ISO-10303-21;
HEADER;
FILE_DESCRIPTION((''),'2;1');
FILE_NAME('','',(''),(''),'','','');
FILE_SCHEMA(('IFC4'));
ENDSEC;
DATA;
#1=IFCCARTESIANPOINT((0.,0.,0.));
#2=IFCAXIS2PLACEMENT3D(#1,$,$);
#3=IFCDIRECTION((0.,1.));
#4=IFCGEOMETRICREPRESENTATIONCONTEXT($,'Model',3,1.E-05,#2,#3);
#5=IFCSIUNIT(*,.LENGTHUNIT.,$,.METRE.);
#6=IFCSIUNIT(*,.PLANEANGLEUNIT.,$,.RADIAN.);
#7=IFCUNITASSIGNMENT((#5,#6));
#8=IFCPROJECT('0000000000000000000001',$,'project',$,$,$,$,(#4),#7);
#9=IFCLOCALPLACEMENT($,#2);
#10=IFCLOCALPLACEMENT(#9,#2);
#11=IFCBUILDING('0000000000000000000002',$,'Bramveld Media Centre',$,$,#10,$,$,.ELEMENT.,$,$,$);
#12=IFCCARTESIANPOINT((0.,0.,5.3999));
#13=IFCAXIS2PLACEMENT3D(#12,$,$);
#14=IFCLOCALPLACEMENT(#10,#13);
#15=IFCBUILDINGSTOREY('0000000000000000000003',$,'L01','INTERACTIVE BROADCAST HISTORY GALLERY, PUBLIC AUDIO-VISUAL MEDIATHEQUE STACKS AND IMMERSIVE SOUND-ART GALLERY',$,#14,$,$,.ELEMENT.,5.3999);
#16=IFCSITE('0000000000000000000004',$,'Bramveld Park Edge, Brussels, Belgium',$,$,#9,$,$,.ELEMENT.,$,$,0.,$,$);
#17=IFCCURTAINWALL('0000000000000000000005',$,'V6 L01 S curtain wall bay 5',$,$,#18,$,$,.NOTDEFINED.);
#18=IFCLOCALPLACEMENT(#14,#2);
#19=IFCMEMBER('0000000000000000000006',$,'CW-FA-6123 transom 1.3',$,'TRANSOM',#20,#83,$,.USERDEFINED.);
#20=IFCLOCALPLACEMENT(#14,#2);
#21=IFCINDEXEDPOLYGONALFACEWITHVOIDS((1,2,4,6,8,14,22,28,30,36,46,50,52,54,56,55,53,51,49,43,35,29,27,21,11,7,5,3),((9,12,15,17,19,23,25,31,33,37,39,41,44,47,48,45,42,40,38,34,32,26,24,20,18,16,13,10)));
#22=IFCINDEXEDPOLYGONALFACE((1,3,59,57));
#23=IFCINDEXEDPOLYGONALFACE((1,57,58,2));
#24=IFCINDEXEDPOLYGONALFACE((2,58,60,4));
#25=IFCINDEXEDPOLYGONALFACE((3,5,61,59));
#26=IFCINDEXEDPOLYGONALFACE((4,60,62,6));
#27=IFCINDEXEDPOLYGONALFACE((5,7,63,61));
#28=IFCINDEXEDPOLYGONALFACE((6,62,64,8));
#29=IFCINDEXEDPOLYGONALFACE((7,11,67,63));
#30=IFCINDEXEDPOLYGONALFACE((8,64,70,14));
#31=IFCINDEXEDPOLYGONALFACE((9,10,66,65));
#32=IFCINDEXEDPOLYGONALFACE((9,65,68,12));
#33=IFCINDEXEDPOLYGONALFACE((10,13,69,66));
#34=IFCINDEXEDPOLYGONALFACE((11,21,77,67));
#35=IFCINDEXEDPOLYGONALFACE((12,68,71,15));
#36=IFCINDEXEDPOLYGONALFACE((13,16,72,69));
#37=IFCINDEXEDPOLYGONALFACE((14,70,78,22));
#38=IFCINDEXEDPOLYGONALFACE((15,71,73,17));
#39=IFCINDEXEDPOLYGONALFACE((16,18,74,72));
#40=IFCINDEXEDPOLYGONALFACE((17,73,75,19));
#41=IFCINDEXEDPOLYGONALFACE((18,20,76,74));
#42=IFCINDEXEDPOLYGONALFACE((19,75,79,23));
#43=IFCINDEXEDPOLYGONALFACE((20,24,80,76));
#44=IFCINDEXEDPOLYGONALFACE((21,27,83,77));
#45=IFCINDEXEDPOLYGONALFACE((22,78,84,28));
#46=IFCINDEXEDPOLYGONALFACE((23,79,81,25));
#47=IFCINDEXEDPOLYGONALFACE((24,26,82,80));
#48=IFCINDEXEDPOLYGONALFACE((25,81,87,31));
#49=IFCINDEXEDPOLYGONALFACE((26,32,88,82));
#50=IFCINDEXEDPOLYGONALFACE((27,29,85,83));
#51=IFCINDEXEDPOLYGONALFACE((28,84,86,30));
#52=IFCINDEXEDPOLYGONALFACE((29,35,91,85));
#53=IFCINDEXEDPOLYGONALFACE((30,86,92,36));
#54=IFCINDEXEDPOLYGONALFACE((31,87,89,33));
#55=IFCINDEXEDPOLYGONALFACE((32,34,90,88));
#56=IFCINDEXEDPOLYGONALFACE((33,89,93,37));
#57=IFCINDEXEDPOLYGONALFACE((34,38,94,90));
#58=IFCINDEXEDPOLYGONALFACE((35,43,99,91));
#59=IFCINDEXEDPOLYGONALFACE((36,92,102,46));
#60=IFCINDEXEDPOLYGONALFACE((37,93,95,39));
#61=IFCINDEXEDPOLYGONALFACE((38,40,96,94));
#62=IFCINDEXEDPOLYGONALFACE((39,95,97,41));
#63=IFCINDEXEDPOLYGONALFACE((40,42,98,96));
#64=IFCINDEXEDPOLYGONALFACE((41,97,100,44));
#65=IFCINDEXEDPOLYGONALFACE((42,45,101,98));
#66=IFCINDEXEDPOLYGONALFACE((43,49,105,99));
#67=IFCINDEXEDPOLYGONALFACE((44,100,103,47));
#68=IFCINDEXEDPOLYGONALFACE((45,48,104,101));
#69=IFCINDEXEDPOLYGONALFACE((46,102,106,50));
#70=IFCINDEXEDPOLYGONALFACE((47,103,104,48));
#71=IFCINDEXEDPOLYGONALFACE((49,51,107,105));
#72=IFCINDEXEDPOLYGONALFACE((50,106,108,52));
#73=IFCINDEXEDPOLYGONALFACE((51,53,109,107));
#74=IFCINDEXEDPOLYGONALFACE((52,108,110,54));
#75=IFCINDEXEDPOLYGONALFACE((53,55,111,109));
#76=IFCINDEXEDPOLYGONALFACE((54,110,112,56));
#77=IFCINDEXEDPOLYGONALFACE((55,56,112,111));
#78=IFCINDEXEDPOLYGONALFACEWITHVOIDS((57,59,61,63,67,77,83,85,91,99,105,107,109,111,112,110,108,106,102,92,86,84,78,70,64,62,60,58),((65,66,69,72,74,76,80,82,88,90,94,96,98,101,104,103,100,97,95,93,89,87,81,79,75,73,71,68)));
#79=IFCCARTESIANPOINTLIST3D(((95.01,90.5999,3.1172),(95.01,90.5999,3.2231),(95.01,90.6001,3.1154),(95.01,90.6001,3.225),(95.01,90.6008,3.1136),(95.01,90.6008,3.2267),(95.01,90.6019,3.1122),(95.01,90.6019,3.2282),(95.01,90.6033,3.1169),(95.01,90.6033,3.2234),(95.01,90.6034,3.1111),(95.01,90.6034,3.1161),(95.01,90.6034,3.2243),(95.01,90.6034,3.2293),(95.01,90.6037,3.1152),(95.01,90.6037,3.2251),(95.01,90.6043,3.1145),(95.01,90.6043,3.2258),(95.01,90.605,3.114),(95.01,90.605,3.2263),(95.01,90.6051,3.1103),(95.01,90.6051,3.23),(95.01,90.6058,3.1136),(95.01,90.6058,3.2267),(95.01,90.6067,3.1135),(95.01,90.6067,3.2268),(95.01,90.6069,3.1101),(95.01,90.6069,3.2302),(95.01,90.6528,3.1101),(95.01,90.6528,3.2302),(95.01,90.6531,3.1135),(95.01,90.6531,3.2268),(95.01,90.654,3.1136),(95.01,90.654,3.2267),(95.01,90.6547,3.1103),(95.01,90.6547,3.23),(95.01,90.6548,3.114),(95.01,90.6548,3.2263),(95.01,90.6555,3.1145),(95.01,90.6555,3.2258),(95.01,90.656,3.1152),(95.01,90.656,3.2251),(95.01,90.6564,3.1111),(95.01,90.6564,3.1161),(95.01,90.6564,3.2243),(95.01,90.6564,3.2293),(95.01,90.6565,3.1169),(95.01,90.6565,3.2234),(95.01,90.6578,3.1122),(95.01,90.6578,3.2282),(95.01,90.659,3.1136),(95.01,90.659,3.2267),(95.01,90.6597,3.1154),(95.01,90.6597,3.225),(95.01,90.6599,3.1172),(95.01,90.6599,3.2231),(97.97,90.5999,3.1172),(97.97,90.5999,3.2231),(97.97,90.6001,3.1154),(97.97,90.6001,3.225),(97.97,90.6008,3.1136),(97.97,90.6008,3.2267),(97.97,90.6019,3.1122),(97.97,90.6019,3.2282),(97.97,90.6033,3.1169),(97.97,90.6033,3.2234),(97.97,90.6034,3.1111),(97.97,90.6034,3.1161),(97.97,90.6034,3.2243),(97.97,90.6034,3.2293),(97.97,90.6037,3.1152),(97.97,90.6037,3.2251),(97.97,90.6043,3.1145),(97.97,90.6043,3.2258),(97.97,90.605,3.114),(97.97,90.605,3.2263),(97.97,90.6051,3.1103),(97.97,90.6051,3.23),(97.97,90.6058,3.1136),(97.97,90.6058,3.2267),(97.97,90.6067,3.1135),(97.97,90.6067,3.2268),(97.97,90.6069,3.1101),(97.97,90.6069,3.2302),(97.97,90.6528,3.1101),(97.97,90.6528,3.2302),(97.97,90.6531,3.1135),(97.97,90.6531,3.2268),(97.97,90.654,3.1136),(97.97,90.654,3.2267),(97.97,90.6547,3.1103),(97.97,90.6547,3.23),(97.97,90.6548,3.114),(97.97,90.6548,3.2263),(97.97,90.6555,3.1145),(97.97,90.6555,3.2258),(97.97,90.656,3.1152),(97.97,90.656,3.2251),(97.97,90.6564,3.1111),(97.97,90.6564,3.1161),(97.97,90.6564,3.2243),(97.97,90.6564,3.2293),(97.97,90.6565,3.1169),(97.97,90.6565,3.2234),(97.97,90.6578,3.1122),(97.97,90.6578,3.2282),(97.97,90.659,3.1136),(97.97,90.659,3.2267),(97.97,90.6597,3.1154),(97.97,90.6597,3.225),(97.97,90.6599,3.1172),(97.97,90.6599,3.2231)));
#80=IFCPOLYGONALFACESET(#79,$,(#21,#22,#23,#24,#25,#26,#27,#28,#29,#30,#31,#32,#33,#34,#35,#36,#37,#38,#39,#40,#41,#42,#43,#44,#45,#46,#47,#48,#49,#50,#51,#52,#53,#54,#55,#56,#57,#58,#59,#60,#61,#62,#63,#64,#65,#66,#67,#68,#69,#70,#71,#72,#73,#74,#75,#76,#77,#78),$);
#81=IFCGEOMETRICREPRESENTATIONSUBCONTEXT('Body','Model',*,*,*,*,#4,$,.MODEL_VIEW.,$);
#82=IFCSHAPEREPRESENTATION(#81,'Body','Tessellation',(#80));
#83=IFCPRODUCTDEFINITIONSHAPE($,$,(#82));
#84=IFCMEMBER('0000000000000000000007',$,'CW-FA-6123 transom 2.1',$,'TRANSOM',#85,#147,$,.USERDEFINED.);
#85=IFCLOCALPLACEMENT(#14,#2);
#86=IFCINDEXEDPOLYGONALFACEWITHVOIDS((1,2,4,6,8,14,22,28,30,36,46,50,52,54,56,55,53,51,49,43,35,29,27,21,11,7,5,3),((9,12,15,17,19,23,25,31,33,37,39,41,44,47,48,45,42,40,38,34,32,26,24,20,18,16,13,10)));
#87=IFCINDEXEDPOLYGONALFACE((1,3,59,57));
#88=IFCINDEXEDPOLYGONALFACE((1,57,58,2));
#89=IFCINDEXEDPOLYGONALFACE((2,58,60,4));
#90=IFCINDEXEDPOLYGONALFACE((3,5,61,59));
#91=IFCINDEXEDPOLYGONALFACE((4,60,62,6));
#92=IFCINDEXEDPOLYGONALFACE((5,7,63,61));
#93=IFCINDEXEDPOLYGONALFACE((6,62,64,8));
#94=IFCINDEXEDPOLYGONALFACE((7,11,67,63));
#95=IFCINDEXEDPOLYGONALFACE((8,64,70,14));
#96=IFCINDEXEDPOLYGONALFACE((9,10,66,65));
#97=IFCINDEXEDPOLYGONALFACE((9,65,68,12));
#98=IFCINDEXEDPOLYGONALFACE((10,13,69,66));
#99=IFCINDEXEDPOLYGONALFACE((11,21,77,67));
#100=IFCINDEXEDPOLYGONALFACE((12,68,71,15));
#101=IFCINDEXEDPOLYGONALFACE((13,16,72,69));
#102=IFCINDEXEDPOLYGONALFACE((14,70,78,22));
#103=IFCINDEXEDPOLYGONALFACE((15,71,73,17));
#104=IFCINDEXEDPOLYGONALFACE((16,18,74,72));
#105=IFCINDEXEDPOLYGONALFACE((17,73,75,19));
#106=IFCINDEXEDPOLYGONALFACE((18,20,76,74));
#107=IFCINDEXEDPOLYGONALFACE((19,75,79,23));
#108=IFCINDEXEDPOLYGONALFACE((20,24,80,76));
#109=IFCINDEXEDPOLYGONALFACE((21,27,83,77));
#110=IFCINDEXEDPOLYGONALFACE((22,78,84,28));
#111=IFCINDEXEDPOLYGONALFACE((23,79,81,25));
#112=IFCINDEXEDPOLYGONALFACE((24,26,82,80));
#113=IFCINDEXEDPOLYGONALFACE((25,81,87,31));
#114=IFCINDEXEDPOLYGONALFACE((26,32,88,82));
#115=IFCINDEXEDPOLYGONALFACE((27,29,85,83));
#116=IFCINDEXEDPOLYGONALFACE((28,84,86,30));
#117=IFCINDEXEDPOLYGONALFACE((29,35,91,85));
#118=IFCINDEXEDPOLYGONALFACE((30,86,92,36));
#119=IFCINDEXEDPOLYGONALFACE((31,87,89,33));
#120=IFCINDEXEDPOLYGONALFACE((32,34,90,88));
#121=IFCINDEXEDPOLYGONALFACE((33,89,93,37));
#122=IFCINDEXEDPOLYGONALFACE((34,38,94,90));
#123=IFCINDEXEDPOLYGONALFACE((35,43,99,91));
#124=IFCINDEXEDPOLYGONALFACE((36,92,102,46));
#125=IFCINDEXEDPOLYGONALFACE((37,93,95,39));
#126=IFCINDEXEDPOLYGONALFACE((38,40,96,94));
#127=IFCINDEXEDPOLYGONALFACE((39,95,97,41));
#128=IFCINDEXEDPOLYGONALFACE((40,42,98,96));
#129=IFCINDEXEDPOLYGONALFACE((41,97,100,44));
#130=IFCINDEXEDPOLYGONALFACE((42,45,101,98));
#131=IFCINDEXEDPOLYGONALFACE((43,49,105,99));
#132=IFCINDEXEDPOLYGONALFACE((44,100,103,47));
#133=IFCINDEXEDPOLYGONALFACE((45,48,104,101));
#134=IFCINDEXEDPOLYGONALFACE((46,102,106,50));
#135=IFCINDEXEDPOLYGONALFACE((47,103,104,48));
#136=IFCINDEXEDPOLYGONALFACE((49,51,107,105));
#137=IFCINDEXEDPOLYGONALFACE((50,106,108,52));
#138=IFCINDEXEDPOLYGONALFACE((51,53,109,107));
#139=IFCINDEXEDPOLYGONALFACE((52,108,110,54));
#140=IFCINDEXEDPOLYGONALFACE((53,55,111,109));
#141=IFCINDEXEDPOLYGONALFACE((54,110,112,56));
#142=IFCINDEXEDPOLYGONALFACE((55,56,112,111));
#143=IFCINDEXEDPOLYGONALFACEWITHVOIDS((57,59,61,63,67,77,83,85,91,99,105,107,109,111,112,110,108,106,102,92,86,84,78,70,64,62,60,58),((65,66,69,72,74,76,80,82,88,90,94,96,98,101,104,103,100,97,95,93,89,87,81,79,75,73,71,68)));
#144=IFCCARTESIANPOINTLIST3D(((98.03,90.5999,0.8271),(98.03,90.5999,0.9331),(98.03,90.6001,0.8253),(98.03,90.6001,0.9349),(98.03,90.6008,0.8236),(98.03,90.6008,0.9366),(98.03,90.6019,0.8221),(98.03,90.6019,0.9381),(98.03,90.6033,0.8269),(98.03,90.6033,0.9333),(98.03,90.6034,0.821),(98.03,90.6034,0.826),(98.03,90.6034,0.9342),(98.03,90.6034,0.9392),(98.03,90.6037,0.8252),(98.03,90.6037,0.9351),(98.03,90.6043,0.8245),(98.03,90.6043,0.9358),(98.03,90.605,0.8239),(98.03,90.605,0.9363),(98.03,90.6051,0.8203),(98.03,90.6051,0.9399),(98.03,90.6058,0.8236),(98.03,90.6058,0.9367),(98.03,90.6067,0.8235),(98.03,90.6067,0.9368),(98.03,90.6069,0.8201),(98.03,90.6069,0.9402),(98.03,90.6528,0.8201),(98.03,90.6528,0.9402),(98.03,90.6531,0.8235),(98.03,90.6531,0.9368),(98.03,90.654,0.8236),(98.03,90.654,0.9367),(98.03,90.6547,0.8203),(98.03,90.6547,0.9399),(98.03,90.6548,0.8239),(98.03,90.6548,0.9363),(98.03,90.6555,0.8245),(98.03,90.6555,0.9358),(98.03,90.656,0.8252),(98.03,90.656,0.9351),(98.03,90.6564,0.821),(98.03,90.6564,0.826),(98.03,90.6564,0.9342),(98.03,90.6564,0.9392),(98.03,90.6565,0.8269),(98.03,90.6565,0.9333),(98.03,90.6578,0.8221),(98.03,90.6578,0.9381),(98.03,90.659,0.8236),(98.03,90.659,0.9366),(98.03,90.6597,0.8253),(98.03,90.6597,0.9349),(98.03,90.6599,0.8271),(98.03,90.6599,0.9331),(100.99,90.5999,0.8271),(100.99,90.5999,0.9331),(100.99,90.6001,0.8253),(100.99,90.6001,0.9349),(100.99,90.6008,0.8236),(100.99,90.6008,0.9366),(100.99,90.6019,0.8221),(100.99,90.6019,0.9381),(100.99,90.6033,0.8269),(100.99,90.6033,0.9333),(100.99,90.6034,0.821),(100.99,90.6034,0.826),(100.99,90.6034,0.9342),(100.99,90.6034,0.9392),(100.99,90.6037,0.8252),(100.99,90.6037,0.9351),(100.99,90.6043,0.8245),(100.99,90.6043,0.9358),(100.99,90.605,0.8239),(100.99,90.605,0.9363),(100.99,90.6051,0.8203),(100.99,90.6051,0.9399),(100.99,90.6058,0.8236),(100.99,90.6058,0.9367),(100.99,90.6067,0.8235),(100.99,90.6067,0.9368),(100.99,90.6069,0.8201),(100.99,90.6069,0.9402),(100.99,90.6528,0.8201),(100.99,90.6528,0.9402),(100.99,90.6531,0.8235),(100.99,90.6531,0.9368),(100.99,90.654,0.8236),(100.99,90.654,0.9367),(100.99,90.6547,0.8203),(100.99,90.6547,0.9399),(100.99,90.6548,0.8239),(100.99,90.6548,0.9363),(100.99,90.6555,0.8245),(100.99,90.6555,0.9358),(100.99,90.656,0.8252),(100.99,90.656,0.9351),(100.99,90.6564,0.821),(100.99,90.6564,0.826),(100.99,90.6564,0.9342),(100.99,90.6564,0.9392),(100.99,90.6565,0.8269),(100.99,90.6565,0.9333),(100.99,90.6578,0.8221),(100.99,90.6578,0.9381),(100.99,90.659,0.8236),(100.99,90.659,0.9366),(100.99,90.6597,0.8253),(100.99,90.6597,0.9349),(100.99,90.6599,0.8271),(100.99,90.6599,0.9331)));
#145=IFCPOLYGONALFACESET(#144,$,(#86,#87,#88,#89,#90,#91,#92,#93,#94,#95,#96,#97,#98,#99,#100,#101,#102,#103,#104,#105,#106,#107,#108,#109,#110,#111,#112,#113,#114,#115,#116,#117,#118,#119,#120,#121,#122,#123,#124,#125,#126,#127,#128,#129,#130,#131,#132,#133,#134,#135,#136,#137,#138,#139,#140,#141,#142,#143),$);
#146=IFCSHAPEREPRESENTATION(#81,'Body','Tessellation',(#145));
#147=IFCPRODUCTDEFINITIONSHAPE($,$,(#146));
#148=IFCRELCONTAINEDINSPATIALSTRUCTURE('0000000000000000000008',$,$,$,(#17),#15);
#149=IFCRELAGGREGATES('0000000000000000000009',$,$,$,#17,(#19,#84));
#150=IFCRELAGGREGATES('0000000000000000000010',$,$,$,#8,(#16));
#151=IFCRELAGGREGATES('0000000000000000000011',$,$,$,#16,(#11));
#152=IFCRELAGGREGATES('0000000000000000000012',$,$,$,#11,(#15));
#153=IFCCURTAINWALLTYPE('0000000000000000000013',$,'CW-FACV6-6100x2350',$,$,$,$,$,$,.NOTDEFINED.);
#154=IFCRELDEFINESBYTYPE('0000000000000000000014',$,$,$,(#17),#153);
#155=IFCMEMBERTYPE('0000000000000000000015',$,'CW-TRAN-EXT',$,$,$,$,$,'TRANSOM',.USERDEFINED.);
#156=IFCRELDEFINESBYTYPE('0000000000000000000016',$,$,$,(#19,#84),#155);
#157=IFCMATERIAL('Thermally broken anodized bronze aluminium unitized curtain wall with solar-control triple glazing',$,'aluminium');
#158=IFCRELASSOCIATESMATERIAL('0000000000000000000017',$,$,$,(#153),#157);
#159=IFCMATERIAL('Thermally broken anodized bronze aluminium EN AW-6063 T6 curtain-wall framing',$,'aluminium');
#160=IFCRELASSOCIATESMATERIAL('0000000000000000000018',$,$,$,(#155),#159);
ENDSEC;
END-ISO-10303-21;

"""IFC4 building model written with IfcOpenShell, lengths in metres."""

from ifc_helpers import new_model, si_unit, direction, frame, origin, origin_2d, place, context, subcontext, project, spatial, hollow_rectangle, extrude, material, material_profile, profile_set, type_object, element, aggregate, save


model = new_model("IFC4")

# Units and contexts
model_context = context("Model", 3, precision=1e-05, world=origin(), true_north=direction((0.0, 1.0)))
body_context = subcontext(model_context, "Body", "Model", "MODEL_VIEW")
ifc_project = project(units=[si_unit("LENGTHUNIT", "METRE"), si_unit("PLANEANGLEUNIT", "RADIAN")], contexts=[model_context])

# Site, building, storey
site_placement = place(None, origin())
site = spatial("IfcSite", under=ifc_project, at=site_placement, Name="Bramveld Park Edge, Brussels, Belgium", CompositionType="ELEMENT", RefElevation=0.0)
building_placement = place(site_placement, origin())
building = spatial("IfcBuilding", under=site, at=building_placement, Name="Bramveld Media Centre", CompositionType="ELEMENT")
storey_placement = place(building_placement, frame((0.0, 0.0, 5.3999)))
storey = spatial("IfcBuildingStorey", under=building, at=storey_placement, Name="L01", Description="INTERACTIVE BROADCAST HISTORY GALLERY, PUBLIC AUDIO-VISUAL MEDIATHEQUE STACKS AND IMMERSIVE SOUND-ART GALLERY", CompositionType="ELEMENT", Elevation=5.3999)

# Curtain wall
ifc_material_1 = material(Name="Thermally broken anodized bronze aluminium unitized curtain wall with solar-control triple glazing", Category="aluminium")
curtain_wall_type = type_object("IfcCurtainWallType", Name="CW-FACV6-6100x2350", PredefinedType="NOTDEFINED", material=ifc_material_1)
curtain_wall_1_placement = place(storey_placement, origin())
curtain_wall_1 = element("IfcCurtainWall", 1, at=curtain_wall_1_placement, inside=storey, type_object=curtain_wall_type, Name="V6 L01 S curtain wall bay 5", PredefinedType="NOTDEFINED")

# Members
ifc_material_2 = material(Name="Thermally broken anodized bronze aluminium EN AW-6063 T6 curtain-wall framing", Category="aluminium")
ifc_material_profile_1 = material_profile(ifc_material_2, hollow_rectangle(XDim=0.0601, YDim=0.1201, WallThickness=0.0034, InnerFilletRadius=0.0034, OuterFilletRadius=0.0071, at=origin_2d()), Name="AL-TRAN 60x120")
ifc_profile_set_1 = profile_set([ifc_material_profile_1], Name="Thermally broken anodized bronze aluminium EN AW-6063 T6 curtain-wall framing")
member_type_1 = type_object("IfcMemberType", Name="CW-TRAN-EXT", ElementType="TRANSOM", PredefinedType="USERDEFINED", material=ifc_profile_set_1)
member_1_placement = place(storey_placement, frame((95.01, 90.6299, 3.1702), z_axis=(1.0, 0.0, 0.0), x_axis=(0.0, 1.0, 0.0)))
member_1 = element("IfcMember", 2, at=member_1_placement, type_object=member_type_1, Name="CW-FA-6123 transom 1.3", ObjectType="TRANSOM", PredefinedType="USERDEFINED", context=body_context, shape_type="SweptSolid", body=[
    extrude(hollow_rectangle(XDim=0.0601, YDim=0.1201, WallThickness=0.0034, InnerFilletRadius=0.0034, OuterFilletRadius=0.0071, at=origin_2d()), origin(), (0.0, 0.0, 1.0), 2.96),
])
member_2_placement = place(storey_placement, frame((98.03, 90.6299, 0.8801), z_axis=(1.0, 0.0, 0.0), x_axis=(0.0, 1.0, 0.0)))
member_2 = element("IfcMember", 3, at=member_2_placement, type_object=member_type_1, Name="CW-FA-6123 transom 2.1", ObjectType="TRANSOM", PredefinedType="USERDEFINED", context=body_context, shape_type="SweptSolid", body=[
    extrude(hollow_rectangle(XDim=0.0601, YDim=0.1201, WallThickness=0.0034, InnerFilletRadius=0.0034, OuterFilletRadius=0.0071, at=origin_2d()), origin(), (0.0, 0.0, 1.0), 2.96),
])

aggregate(curtain_wall_1, [member_1, member_2])

save(model, "model.ifc")
